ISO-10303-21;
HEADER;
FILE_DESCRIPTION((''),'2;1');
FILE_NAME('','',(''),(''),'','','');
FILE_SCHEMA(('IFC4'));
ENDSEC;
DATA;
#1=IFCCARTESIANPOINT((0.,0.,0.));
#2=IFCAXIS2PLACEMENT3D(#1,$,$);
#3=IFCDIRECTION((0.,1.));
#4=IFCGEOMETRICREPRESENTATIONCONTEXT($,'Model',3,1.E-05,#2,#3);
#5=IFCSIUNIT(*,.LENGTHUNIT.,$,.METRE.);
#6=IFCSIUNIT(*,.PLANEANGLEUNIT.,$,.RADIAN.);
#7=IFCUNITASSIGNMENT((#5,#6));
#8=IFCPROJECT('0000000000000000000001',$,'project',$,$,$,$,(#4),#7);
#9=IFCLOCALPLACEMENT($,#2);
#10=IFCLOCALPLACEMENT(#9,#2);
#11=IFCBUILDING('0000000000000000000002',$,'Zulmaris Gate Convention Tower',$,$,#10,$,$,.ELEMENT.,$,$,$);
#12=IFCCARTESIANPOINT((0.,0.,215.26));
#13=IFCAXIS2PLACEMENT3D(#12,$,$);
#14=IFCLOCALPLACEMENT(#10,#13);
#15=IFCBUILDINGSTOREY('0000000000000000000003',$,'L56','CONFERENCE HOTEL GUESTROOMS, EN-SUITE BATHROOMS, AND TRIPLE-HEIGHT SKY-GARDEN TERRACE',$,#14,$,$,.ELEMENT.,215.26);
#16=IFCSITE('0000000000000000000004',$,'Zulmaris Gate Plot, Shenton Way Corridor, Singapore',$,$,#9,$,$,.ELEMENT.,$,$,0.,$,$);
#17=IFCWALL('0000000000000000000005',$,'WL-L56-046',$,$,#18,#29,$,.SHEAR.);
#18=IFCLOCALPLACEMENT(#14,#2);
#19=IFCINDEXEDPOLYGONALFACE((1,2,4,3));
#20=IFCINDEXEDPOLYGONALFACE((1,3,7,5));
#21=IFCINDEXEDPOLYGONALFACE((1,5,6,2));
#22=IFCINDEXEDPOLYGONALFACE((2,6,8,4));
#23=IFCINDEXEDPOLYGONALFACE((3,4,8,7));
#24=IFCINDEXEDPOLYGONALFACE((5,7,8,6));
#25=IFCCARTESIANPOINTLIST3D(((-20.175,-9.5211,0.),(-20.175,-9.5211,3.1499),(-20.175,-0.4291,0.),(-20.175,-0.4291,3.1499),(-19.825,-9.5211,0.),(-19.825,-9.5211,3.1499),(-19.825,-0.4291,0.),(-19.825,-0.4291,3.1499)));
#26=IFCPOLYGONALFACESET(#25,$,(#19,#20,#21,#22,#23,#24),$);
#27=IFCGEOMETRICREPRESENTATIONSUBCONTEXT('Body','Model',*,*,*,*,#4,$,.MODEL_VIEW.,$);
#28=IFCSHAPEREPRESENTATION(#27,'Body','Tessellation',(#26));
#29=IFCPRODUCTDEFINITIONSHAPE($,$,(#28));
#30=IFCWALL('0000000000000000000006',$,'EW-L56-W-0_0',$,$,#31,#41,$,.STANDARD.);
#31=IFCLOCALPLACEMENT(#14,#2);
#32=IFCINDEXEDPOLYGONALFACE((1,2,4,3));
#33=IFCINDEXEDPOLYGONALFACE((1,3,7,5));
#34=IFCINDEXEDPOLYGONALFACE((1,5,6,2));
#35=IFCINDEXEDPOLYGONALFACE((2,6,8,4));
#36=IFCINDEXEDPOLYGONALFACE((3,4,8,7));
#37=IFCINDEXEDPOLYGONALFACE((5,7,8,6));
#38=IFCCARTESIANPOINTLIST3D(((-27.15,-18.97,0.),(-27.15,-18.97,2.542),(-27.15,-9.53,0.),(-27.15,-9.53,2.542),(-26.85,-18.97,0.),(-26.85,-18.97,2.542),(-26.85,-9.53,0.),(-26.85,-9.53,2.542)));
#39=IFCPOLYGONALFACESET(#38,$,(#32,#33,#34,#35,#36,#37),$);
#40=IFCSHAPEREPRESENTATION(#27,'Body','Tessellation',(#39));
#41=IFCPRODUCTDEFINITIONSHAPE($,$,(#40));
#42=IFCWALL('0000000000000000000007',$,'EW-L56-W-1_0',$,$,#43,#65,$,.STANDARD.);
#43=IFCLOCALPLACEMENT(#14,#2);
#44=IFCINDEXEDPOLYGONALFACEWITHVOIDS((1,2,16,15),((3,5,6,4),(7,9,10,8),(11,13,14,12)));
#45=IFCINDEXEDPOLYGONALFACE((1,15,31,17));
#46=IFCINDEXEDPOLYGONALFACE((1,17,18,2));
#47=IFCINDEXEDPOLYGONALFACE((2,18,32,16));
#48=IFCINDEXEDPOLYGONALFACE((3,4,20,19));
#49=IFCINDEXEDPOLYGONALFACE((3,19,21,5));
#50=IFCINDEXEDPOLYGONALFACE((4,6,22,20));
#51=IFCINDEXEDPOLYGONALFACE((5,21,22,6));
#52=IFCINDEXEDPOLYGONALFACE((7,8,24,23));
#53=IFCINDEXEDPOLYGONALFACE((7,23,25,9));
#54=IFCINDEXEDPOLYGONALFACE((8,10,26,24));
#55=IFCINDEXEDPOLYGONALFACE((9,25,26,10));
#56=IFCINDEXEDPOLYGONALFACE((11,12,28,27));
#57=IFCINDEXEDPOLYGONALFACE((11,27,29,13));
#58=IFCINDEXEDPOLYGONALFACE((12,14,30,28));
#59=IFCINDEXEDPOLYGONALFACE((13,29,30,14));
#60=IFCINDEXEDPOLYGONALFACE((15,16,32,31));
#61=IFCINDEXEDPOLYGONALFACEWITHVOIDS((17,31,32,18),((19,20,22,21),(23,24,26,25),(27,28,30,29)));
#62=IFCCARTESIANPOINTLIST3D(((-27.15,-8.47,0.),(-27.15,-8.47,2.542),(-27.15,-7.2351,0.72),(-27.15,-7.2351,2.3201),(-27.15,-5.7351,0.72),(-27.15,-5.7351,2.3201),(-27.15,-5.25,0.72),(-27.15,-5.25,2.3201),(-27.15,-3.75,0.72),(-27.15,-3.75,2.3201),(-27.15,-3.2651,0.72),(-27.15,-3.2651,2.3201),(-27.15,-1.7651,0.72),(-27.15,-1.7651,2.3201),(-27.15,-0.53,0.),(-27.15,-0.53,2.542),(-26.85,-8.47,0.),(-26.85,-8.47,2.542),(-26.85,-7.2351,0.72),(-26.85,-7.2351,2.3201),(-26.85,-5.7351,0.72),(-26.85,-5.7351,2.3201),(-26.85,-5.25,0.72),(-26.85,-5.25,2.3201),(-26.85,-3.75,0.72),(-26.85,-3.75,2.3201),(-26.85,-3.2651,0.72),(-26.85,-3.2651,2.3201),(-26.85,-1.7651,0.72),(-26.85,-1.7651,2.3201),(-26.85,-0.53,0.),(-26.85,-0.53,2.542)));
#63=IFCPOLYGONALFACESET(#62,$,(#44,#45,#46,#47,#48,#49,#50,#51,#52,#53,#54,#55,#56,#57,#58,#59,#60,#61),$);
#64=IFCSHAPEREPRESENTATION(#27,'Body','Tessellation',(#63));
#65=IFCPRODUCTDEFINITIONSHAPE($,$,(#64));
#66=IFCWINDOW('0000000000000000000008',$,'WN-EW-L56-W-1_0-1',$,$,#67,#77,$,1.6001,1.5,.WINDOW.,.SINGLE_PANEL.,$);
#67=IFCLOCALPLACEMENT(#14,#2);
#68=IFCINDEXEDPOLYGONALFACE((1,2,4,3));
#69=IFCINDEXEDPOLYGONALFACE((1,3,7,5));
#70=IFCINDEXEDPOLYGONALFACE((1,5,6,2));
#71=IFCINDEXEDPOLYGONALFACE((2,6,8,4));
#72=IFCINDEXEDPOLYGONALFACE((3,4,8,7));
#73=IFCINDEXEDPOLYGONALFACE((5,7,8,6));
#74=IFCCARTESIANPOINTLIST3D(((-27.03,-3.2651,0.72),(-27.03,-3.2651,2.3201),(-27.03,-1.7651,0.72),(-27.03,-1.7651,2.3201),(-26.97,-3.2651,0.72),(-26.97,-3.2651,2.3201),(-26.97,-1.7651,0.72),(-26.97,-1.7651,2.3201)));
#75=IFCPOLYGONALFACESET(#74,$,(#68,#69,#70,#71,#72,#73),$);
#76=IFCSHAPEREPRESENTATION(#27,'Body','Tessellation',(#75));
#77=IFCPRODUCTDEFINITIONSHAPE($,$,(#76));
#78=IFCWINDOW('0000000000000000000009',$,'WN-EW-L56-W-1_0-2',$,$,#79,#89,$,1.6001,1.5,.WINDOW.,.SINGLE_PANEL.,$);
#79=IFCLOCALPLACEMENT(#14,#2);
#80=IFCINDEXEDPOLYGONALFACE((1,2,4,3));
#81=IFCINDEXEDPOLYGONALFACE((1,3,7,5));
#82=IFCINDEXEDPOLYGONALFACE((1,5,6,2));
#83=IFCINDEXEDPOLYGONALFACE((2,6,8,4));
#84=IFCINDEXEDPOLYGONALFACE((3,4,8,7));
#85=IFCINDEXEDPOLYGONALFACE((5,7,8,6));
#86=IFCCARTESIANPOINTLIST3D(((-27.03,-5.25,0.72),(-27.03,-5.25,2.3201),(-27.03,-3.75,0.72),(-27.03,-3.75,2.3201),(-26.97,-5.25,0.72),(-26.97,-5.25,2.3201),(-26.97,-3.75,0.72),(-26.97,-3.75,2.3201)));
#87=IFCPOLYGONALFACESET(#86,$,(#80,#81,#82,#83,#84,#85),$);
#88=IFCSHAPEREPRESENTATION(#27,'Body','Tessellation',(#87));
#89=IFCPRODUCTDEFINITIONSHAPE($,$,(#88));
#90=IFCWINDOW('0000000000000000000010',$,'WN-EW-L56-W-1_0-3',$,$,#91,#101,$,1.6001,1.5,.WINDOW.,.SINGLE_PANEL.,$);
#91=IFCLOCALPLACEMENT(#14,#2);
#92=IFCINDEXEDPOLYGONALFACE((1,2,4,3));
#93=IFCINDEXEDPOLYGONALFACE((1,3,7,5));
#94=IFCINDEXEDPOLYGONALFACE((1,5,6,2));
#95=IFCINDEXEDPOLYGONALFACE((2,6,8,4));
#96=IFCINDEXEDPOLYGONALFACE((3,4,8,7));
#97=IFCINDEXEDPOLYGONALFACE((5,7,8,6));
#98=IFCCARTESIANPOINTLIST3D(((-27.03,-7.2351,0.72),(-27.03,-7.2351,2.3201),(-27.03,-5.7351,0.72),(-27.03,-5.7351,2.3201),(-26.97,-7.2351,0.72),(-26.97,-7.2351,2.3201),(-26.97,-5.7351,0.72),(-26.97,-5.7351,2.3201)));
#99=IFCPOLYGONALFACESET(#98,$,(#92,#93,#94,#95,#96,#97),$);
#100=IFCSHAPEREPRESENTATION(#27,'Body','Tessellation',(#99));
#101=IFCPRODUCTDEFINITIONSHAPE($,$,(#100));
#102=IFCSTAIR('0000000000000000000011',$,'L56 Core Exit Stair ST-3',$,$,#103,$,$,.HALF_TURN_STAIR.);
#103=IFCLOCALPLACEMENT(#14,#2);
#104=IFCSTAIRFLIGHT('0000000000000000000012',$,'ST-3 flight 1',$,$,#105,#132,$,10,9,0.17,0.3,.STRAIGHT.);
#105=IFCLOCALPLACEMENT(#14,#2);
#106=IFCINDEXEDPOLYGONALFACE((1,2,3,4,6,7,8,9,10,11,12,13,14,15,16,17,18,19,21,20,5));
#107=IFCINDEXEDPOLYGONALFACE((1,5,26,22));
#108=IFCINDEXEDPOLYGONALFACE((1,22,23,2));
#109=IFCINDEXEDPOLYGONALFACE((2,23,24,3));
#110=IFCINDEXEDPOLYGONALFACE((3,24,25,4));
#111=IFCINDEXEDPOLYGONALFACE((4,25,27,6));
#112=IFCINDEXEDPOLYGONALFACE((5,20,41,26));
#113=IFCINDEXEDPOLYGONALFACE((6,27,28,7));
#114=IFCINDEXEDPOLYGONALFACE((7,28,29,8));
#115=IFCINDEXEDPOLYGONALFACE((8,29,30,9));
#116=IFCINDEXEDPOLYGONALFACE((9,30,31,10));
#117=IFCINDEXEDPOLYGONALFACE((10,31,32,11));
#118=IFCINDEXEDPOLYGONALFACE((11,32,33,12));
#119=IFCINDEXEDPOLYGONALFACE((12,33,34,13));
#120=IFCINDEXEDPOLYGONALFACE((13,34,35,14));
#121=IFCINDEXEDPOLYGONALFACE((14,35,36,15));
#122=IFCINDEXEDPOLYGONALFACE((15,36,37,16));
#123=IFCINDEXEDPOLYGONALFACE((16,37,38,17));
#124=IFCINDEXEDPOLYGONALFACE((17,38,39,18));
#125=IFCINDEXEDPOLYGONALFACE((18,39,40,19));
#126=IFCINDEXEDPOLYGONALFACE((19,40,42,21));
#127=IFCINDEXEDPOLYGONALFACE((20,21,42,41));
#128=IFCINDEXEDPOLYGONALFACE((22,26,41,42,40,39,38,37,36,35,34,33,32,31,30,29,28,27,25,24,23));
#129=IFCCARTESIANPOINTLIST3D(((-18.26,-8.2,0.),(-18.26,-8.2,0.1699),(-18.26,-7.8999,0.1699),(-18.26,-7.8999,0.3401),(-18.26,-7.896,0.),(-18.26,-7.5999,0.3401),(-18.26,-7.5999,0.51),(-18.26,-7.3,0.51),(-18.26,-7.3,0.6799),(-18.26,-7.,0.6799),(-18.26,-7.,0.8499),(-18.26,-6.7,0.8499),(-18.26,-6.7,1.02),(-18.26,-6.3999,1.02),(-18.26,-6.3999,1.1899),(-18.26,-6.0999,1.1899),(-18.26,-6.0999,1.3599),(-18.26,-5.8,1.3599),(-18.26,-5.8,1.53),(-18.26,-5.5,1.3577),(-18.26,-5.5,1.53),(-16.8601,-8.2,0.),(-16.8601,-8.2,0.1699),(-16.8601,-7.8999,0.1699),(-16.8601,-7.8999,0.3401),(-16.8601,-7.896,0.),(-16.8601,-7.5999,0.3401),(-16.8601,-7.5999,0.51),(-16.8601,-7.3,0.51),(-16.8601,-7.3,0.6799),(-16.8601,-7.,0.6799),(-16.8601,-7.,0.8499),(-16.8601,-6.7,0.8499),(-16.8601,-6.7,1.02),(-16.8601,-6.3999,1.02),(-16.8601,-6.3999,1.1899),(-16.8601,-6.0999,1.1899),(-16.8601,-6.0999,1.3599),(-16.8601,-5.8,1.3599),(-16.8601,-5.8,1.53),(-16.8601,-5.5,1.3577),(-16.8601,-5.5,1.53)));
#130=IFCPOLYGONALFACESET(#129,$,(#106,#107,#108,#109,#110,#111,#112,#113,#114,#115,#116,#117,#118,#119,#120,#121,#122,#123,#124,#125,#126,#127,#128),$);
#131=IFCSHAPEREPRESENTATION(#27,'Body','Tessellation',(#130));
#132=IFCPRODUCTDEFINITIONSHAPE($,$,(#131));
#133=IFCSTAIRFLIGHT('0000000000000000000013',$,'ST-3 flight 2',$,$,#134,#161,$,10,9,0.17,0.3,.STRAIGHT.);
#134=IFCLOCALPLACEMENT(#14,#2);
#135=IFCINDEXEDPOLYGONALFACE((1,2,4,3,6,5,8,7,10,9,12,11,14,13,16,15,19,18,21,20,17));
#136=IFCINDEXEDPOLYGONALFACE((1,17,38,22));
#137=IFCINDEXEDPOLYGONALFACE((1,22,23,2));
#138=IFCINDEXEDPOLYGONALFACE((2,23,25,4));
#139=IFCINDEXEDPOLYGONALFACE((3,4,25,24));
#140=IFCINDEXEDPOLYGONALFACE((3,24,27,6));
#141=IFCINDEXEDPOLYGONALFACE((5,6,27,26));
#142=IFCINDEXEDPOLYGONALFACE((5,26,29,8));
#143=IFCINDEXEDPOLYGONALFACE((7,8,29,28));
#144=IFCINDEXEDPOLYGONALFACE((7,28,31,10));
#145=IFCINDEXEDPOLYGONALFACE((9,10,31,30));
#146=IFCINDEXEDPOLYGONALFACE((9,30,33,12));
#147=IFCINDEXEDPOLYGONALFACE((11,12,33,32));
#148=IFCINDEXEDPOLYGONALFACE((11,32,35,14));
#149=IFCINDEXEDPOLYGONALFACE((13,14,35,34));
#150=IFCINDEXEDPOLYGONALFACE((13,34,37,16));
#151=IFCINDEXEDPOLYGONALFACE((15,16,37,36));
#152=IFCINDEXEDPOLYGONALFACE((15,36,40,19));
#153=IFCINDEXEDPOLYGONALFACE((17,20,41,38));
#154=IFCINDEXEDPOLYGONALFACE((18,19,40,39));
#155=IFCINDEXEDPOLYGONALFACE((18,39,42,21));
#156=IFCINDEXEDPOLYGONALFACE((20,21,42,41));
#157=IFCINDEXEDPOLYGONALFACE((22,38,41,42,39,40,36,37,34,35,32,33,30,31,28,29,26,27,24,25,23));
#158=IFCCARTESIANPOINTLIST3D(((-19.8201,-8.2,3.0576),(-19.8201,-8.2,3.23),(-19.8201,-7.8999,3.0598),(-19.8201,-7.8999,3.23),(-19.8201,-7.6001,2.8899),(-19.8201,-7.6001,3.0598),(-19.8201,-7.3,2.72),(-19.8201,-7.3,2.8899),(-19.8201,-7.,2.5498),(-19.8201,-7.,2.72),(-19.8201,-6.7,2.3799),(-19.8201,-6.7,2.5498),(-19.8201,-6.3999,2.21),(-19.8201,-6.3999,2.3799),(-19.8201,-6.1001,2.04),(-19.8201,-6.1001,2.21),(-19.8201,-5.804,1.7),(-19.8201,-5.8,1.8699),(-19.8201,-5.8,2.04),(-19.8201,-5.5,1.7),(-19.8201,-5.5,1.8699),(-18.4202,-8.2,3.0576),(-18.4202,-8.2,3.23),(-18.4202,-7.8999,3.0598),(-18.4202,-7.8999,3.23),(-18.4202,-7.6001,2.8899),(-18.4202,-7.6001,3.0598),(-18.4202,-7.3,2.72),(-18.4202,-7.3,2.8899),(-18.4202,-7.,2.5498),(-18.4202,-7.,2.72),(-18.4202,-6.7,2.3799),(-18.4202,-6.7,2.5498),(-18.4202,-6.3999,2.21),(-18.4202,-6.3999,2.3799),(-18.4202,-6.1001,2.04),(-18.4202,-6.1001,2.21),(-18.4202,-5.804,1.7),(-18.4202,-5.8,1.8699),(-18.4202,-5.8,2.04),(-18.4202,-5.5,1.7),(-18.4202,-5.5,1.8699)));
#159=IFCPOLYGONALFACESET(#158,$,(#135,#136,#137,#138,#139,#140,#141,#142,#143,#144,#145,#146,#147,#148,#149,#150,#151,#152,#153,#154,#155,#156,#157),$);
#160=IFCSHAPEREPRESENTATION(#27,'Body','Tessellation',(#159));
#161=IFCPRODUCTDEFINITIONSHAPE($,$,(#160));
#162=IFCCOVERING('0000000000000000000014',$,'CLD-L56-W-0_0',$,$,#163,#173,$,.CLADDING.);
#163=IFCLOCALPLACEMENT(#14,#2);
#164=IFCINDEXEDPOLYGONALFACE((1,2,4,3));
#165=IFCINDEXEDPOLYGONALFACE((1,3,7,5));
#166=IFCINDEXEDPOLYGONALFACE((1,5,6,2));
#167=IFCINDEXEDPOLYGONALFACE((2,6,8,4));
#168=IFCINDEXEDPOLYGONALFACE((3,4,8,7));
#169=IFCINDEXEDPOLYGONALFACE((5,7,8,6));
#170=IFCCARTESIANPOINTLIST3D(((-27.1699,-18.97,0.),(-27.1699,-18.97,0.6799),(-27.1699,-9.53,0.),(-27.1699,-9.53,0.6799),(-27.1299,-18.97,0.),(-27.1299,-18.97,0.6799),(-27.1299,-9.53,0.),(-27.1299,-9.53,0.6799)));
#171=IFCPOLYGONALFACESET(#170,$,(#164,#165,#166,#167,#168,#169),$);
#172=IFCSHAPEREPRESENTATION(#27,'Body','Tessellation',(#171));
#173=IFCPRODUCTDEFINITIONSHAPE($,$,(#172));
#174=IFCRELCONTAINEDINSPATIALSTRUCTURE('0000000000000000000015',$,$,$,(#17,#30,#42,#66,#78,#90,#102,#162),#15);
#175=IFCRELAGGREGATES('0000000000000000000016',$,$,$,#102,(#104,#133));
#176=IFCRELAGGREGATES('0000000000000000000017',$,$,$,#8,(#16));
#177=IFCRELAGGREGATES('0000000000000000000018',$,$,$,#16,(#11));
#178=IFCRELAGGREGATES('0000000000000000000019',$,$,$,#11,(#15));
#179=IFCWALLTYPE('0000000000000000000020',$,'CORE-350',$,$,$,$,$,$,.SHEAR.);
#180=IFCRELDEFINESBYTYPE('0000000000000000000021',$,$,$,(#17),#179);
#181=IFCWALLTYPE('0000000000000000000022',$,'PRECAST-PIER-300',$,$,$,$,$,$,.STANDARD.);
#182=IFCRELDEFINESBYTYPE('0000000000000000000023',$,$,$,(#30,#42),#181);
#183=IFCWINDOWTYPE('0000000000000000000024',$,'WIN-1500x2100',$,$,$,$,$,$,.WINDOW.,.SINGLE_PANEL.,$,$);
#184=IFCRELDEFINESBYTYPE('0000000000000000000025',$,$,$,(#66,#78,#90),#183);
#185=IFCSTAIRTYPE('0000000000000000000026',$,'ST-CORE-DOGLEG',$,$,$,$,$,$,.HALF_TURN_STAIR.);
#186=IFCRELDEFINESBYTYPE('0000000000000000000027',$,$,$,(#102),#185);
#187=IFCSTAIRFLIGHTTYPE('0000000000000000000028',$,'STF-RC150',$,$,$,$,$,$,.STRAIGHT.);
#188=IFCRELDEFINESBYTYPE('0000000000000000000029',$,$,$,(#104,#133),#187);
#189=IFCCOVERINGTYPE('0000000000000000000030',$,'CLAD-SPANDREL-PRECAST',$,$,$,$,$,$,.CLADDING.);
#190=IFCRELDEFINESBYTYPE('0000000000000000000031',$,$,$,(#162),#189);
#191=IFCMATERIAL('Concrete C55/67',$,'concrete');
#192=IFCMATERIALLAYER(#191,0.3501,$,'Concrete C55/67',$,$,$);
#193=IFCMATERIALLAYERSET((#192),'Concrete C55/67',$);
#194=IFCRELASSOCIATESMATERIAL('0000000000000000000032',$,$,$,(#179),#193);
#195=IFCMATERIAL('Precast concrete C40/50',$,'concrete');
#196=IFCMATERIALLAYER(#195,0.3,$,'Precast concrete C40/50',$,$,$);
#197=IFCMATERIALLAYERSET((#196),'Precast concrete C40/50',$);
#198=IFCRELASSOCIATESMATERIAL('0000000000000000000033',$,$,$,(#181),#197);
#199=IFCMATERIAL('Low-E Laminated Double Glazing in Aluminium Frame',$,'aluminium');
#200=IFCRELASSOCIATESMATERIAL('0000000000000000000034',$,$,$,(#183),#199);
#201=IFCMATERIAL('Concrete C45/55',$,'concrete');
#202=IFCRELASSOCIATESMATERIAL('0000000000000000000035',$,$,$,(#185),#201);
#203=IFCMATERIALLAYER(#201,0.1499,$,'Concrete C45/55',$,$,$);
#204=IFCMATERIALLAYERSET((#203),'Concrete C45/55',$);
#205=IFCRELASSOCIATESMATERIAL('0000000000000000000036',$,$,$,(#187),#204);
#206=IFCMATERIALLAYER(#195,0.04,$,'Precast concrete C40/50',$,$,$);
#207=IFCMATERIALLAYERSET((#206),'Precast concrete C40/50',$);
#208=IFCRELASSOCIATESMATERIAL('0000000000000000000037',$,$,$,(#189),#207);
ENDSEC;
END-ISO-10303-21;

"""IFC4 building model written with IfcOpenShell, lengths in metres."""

from ifc_helpers import new_model, si_unit, direction, frame, frame_2d, origin, place, context, subcontext, project, spatial, polyline, rectangle, outline, extrude, material, layer, layer_set, type_object, element, fill, aggregate, save


model = new_model("IFC4")

# Units and contexts
model_context = context("Model", 3, precision=1e-05, world=origin(), true_north=direction((0.0, 1.0)))
body_context = subcontext(model_context, "Body", "Model", "MODEL_VIEW")
ifc_project = project(units=[si_unit("LENGTHUNIT", "METRE"), si_unit("PLANEANGLEUNIT", "RADIAN")], contexts=[model_context])

# Site, building, storey
site_placement = place(None, origin())
site = spatial("IfcSite", under=ifc_project, at=site_placement, Name="Zulmaris Gate Plot, Shenton Way Corridor, Singapore", CompositionType="ELEMENT", RefElevation=0.0)
building_placement = place(site_placement, origin())
building = spatial("IfcBuilding", under=site, at=building_placement, Name="Zulmaris Gate Convention Tower", CompositionType="ELEMENT")
storey_placement = place(building_placement, frame((0.0, 0.0, 215.26)))
storey = spatial("IfcBuildingStorey", under=building, at=storey_placement, Name="L56", Description="CONFERENCE HOTEL GUESTROOMS, EN-SUITE BATHROOMS, AND TRIPLE-HEIGHT SKY-GARDEN TERRACE", CompositionType="ELEMENT", Elevation=215.26)

# Walls
ifc_material_1 = material(Name="Concrete C55/67", Category="concrete")
ifc_layer_1 = layer(ifc_material_1, 0.3501, Name="Concrete C55/67")
ifc_layer_set_1 = layer_set([ifc_layer_1], Name="Concrete C55/67")
wall_type_1 = type_object("IfcWallType", Name="CORE-350", PredefinedType="SHEAR", material=ifc_layer_set_1)
wall_1_placement = place(storey_placement, frame((-20.0, -9.521, 0.0), z_axis=(0.0, 0.0, 1.0), x_axis=(0.0, 1.0, 0.0)))
element("IfcWall", 1, at=wall_1_placement, inside=storey, type_object=wall_type_1, Name="WL-L56-046", PredefinedType="SHEAR", context=body_context, shape_type="SweptSolid", body=[
    extrude(rectangle(XDim=9.092, YDim=0.3501, at=frame_2d((4.5459, 0.0))), origin(), (0.0, 0.0, 1.0), 3.1499),
])
ifc_material_2 = material(Name="Precast concrete C40/50", Category="concrete")
ifc_layer_2 = layer(ifc_material_2, 0.3, Name="Precast concrete C40/50")
ifc_layer_set_2 = layer_set([ifc_layer_2], Name="Precast concrete C40/50")
wall_type_2 = type_object("IfcWallType", Name="PRECAST-PIER-300", PredefinedType="STANDARD", material=ifc_layer_set_2)
wall_2_placement = place(storey_placement, frame((-27.0, -9.53, 0.0), z_axis=(0.0, 0.0, 1.0), x_axis=(0.0, -1.0, 0.0)))
element("IfcWall", 2, at=wall_2_placement, inside=storey, type_object=wall_type_2, Name="EW-L56-W-0_0", PredefinedType="STANDARD", context=body_context, shape_type="SweptSolid", body=[
    extrude(rectangle(XDim=9.4399, YDim=0.3, at=frame_2d((4.72, 0.0))), origin(), (0.0, 0.0, 1.0), 2.542),
])

# Wall, openings, windows
wall_3_placement = place(storey_placement, frame((-27.0, -0.53, 0.0), z_axis=(0.0, 0.0, 1.0), x_axis=(0.0, -1.0, 0.0)))
wall_3 = element("IfcWall", 3, at=wall_3_placement, inside=storey, type_object=wall_type_2, Name="EW-L56-W-1_0", PredefinedType="STANDARD", context=body_context, shape_type="SweptSolid", body=[
    extrude(rectangle(XDim=7.9399, YDim=0.3, at=frame_2d((3.97, 0.0))), origin(), (0.0, 0.0, 1.0), 2.542),
])
opening_1_placement = place(wall_3_placement, frame((1.2351, 0.0, 0.72)))
opening_1 = element("IfcOpeningElement", 4, at=opening_1_placement, cuts=wall_3, PredefinedType="OPENING", context=body_context, shape_type="SweptSolid", body=[
    extrude(rectangle(XDim=1.5, YDim=1.6001, at=frame_2d((0.75, 0.8))), frame((0.0, 0.1602, 0.0), z_axis=(0.0, -1.0, 0.0), x_axis=(1.0, 0.0, 0.0)), (0.0, 0.0, 1.0), 0.3201),
])
opening_2_placement = place(wall_3_placement, frame((3.22, 0.0, 0.72)))
opening_2 = element("IfcOpeningElement", 5, at=opening_2_placement, cuts=wall_3, PredefinedType="OPENING", context=body_context, shape_type="SweptSolid", body=[
    extrude(rectangle(XDim=1.5, YDim=1.6001, at=frame_2d((0.75, 0.8))), frame((0.0, 0.1602, 0.0), z_axis=(0.0, -1.0, 0.0), x_axis=(1.0, 0.0, 0.0)), (0.0, 0.0, 1.0), 0.3201),
])
opening_3_placement = place(wall_3_placement, frame((5.2051, 0.0, 0.72)))
opening_3 = element("IfcOpeningElement", 6, at=opening_3_placement, cuts=wall_3, PredefinedType="OPENING", context=body_context, shape_type="SweptSolid", body=[
    extrude(rectangle(XDim=1.5, YDim=1.6001, at=frame_2d((0.75, 0.8))), frame((0.0, 0.1602, 0.0), z_axis=(0.0, -1.0, 0.0), x_axis=(1.0, 0.0, 0.0)), (0.0, 0.0, 1.0), 0.3201),
])
ifc_material_3 = material(Name="Low-E Laminated Double Glazing in Aluminium Frame", Category="aluminium")
window_type = type_object("IfcWindowType", Name="WIN-1500x2100", PartitioningType="SINGLE_PANEL", PredefinedType="WINDOW", material=ifc_material_3)
window_1_placement = place(opening_1_placement, origin())
window_1 = element("IfcWindow", 7, at=window_1_placement, inside=storey, type_object=window_type, Name="WN-EW-L56-W-1_0-1", OverallHeight=1.6001, OverallWidth=1.5, PartitioningType="SINGLE_PANEL", PredefinedType="WINDOW", context=body_context, shape_type="SweptSolid", body=[
    extrude(rectangle(XDim=1.5, YDim=1.6001, at=frame_2d((0.75, 0.8))), frame((0.0, 0.03, 0.0), z_axis=(0.0, -1.0, 0.0), x_axis=(1.0, 0.0, 0.0)), (0.0, 0.0, 1.0), 0.0601),
])
fill(opening_1, window_1)
window_2_placement = place(opening_2_placement, origin())
window_2 = element("IfcWindow", 8, at=window_2_placement, inside=storey, type_object=window_type, Name="WN-EW-L56-W-1_0-2", OverallHeight=1.6001, OverallWidth=1.5, PartitioningType="SINGLE_PANEL", PredefinedType="WINDOW", context=body_context, shape_type="SweptSolid", body=[
    extrude(rectangle(XDim=1.5, YDim=1.6001, at=frame_2d((0.75, 0.8))), frame((0.0, 0.03, 0.0), z_axis=(0.0, -1.0, 0.0), x_axis=(1.0, 0.0, 0.0)), (0.0, 0.0, 1.0), 0.0601),
])
fill(opening_2, window_2)
window_3_placement = place(opening_3_placement, origin())
window_3 = element("IfcWindow", 9, at=window_3_placement, inside=storey, type_object=window_type, Name="WN-EW-L56-W-1_0-3", OverallHeight=1.6001, OverallWidth=1.5, PartitioningType="SINGLE_PANEL", PredefinedType="WINDOW", context=body_context, shape_type="SweptSolid", body=[
    extrude(rectangle(XDim=1.5, YDim=1.6001, at=frame_2d((0.75, 0.8))), frame((0.0, 0.03, 0.0), z_axis=(0.0, -1.0, 0.0), x_axis=(1.0, 0.0, 0.0)), (0.0, 0.0, 1.0), 0.0601),
])
fill(opening_3, window_3)

# Stair, stair flights
ifc_material_4 = material(Name="Concrete C45/55", Category="concrete")
stair_type = type_object("IfcStairType", Name="ST-CORE-DOGLEG", PredefinedType="HALF_TURN_STAIR", material=ifc_material_4)
stair_placement = place(storey_placement, origin())
stair = element("IfcStair", 10, at=stair_placement, inside=storey, type_object=stair_type, Name="L56 Core Exit Stair ST-3", PredefinedType="HALF_TURN_STAIR")
ifc_layer_3 = layer(ifc_material_4, 0.1499, Name="Concrete C45/55")
ifc_layer_set_3 = layer_set([ifc_layer_3], Name="Concrete C45/55")
stair_flight_type = type_object("IfcStairFlightType", Name="STF-RC150", PredefinedType="STRAIGHT", material=ifc_layer_set_3)
stair_flight_1_placement = place(storey_placement, frame((-17.5601, -8.2, 0.0), z_axis=(0.0, 0.0, 1.0), x_axis=(0.0, 1.0, 0.0)))
stair_flight_1 = element("IfcStairFlight", 11, at=stair_flight_1_placement, type_object=stair_flight_type, Name="ST-3 flight 1", NumberOfRisers=10, NumberOfTreads=9, PredefinedType="STRAIGHT", RiserHeight=0.17, TreadLength=0.3, context=body_context, shape_type="SweptSolid", body=[
    extrude(outline(polyline([(0.0, 0.0), (0.0, 0.1699), (0.3, 0.1699), (0.3, 0.3401), (0.6001, 0.3401), (0.6001, 0.51), (0.8999, 0.51), (0.8999, 0.6799), (1.2, 0.6799), (1.2, 0.8499), (1.5, 0.8499), (1.5, 1.02), (1.8, 1.02), (1.8, 1.1899), (2.1001, 1.1899), (2.1001, 1.3599), (2.3999, 1.3599), (2.3999, 1.53), (2.7, 1.53), (2.7, 1.7), (2.7, 1.3577), (0.304, 0.0), (0.0, 0.0)])), frame((0.0, 0.7, 0.0), z_axis=(0.0, -1.0, 0.0), x_axis=(1.0, 0.0, 0.0)), (0.0, 0.0, 1.0), 1.3999),
])
stair_flight_2_placement = place(storey_placement, frame((-19.1201, -5.5, 1.7), z_axis=(0.0, 0.0, 1.0), x_axis=(0.0, -1.0, 0.0)))
stair_flight_2 = element("IfcStairFlight", 12, at=stair_flight_2_placement, type_object=stair_flight_type, Name="ST-3 flight 2", NumberOfRisers=10, NumberOfTreads=9, PredefinedType="STRAIGHT", RiserHeight=0.17, TreadLength=0.3, context=body_context, shape_type="SweptSolid", body=[
    extrude(outline(polyline([(0.0, 0.0), (0.0, 0.1699), (0.3, 0.1699), (0.3, 0.3401), (0.6001, 0.3401), (0.6001, 0.51), (0.8999, 0.51), (0.8999, 0.6799), (1.2, 0.6799), (1.2, 0.8499), (1.5, 0.8499), (1.5, 1.02), (1.8, 1.02), (1.8, 1.1899), (2.1001, 1.1899), (2.1001, 1.3599), (2.3999, 1.3599), (2.3999, 1.53), (2.7, 1.53), (2.7, 1.7), (2.7, 1.3577), (0.304, 0.0), (0.0, 0.0)])), frame((0.0, 0.7, 0.0), z_axis=(0.0, -1.0, 0.0), x_axis=(1.0, 0.0, 0.0)), (0.0, 0.0, 1.0), 1.3999),
])
aggregate(stair, [stair_flight_1, stair_flight_2])

# Covering
ifc_layer_4 = layer(ifc_material_2, 0.04, Name="Precast concrete C40/50")
ifc_layer_set_4 = layer_set([ifc_layer_4], Name="Precast concrete C40/50")
covering_type = type_object("IfcCoveringType", Name="CLAD-SPANDREL-PRECAST", PredefinedType="CLADDING", material=ifc_layer_set_4)
covering_1_placement = place(storey_placement, frame((-27.1499, -9.53, 0.0), z_axis=(0.0, 0.0, 1.0), x_axis=(0.0, -1.0, 0.0)))
element("IfcCovering", 13, at=covering_1_placement, inside=storey, type_object=covering_type, Name="CLD-L56-W-0_0", PredefinedType="CLADDING", context=body_context, shape_type="SweptSolid", body=[
    extrude(rectangle(XDim=9.4399, YDim=0.04, at=frame_2d((4.72, 0.0))), origin(), (0.0, 0.0, 1.0), 0.6799),
])

save(model, "model.ifc")
